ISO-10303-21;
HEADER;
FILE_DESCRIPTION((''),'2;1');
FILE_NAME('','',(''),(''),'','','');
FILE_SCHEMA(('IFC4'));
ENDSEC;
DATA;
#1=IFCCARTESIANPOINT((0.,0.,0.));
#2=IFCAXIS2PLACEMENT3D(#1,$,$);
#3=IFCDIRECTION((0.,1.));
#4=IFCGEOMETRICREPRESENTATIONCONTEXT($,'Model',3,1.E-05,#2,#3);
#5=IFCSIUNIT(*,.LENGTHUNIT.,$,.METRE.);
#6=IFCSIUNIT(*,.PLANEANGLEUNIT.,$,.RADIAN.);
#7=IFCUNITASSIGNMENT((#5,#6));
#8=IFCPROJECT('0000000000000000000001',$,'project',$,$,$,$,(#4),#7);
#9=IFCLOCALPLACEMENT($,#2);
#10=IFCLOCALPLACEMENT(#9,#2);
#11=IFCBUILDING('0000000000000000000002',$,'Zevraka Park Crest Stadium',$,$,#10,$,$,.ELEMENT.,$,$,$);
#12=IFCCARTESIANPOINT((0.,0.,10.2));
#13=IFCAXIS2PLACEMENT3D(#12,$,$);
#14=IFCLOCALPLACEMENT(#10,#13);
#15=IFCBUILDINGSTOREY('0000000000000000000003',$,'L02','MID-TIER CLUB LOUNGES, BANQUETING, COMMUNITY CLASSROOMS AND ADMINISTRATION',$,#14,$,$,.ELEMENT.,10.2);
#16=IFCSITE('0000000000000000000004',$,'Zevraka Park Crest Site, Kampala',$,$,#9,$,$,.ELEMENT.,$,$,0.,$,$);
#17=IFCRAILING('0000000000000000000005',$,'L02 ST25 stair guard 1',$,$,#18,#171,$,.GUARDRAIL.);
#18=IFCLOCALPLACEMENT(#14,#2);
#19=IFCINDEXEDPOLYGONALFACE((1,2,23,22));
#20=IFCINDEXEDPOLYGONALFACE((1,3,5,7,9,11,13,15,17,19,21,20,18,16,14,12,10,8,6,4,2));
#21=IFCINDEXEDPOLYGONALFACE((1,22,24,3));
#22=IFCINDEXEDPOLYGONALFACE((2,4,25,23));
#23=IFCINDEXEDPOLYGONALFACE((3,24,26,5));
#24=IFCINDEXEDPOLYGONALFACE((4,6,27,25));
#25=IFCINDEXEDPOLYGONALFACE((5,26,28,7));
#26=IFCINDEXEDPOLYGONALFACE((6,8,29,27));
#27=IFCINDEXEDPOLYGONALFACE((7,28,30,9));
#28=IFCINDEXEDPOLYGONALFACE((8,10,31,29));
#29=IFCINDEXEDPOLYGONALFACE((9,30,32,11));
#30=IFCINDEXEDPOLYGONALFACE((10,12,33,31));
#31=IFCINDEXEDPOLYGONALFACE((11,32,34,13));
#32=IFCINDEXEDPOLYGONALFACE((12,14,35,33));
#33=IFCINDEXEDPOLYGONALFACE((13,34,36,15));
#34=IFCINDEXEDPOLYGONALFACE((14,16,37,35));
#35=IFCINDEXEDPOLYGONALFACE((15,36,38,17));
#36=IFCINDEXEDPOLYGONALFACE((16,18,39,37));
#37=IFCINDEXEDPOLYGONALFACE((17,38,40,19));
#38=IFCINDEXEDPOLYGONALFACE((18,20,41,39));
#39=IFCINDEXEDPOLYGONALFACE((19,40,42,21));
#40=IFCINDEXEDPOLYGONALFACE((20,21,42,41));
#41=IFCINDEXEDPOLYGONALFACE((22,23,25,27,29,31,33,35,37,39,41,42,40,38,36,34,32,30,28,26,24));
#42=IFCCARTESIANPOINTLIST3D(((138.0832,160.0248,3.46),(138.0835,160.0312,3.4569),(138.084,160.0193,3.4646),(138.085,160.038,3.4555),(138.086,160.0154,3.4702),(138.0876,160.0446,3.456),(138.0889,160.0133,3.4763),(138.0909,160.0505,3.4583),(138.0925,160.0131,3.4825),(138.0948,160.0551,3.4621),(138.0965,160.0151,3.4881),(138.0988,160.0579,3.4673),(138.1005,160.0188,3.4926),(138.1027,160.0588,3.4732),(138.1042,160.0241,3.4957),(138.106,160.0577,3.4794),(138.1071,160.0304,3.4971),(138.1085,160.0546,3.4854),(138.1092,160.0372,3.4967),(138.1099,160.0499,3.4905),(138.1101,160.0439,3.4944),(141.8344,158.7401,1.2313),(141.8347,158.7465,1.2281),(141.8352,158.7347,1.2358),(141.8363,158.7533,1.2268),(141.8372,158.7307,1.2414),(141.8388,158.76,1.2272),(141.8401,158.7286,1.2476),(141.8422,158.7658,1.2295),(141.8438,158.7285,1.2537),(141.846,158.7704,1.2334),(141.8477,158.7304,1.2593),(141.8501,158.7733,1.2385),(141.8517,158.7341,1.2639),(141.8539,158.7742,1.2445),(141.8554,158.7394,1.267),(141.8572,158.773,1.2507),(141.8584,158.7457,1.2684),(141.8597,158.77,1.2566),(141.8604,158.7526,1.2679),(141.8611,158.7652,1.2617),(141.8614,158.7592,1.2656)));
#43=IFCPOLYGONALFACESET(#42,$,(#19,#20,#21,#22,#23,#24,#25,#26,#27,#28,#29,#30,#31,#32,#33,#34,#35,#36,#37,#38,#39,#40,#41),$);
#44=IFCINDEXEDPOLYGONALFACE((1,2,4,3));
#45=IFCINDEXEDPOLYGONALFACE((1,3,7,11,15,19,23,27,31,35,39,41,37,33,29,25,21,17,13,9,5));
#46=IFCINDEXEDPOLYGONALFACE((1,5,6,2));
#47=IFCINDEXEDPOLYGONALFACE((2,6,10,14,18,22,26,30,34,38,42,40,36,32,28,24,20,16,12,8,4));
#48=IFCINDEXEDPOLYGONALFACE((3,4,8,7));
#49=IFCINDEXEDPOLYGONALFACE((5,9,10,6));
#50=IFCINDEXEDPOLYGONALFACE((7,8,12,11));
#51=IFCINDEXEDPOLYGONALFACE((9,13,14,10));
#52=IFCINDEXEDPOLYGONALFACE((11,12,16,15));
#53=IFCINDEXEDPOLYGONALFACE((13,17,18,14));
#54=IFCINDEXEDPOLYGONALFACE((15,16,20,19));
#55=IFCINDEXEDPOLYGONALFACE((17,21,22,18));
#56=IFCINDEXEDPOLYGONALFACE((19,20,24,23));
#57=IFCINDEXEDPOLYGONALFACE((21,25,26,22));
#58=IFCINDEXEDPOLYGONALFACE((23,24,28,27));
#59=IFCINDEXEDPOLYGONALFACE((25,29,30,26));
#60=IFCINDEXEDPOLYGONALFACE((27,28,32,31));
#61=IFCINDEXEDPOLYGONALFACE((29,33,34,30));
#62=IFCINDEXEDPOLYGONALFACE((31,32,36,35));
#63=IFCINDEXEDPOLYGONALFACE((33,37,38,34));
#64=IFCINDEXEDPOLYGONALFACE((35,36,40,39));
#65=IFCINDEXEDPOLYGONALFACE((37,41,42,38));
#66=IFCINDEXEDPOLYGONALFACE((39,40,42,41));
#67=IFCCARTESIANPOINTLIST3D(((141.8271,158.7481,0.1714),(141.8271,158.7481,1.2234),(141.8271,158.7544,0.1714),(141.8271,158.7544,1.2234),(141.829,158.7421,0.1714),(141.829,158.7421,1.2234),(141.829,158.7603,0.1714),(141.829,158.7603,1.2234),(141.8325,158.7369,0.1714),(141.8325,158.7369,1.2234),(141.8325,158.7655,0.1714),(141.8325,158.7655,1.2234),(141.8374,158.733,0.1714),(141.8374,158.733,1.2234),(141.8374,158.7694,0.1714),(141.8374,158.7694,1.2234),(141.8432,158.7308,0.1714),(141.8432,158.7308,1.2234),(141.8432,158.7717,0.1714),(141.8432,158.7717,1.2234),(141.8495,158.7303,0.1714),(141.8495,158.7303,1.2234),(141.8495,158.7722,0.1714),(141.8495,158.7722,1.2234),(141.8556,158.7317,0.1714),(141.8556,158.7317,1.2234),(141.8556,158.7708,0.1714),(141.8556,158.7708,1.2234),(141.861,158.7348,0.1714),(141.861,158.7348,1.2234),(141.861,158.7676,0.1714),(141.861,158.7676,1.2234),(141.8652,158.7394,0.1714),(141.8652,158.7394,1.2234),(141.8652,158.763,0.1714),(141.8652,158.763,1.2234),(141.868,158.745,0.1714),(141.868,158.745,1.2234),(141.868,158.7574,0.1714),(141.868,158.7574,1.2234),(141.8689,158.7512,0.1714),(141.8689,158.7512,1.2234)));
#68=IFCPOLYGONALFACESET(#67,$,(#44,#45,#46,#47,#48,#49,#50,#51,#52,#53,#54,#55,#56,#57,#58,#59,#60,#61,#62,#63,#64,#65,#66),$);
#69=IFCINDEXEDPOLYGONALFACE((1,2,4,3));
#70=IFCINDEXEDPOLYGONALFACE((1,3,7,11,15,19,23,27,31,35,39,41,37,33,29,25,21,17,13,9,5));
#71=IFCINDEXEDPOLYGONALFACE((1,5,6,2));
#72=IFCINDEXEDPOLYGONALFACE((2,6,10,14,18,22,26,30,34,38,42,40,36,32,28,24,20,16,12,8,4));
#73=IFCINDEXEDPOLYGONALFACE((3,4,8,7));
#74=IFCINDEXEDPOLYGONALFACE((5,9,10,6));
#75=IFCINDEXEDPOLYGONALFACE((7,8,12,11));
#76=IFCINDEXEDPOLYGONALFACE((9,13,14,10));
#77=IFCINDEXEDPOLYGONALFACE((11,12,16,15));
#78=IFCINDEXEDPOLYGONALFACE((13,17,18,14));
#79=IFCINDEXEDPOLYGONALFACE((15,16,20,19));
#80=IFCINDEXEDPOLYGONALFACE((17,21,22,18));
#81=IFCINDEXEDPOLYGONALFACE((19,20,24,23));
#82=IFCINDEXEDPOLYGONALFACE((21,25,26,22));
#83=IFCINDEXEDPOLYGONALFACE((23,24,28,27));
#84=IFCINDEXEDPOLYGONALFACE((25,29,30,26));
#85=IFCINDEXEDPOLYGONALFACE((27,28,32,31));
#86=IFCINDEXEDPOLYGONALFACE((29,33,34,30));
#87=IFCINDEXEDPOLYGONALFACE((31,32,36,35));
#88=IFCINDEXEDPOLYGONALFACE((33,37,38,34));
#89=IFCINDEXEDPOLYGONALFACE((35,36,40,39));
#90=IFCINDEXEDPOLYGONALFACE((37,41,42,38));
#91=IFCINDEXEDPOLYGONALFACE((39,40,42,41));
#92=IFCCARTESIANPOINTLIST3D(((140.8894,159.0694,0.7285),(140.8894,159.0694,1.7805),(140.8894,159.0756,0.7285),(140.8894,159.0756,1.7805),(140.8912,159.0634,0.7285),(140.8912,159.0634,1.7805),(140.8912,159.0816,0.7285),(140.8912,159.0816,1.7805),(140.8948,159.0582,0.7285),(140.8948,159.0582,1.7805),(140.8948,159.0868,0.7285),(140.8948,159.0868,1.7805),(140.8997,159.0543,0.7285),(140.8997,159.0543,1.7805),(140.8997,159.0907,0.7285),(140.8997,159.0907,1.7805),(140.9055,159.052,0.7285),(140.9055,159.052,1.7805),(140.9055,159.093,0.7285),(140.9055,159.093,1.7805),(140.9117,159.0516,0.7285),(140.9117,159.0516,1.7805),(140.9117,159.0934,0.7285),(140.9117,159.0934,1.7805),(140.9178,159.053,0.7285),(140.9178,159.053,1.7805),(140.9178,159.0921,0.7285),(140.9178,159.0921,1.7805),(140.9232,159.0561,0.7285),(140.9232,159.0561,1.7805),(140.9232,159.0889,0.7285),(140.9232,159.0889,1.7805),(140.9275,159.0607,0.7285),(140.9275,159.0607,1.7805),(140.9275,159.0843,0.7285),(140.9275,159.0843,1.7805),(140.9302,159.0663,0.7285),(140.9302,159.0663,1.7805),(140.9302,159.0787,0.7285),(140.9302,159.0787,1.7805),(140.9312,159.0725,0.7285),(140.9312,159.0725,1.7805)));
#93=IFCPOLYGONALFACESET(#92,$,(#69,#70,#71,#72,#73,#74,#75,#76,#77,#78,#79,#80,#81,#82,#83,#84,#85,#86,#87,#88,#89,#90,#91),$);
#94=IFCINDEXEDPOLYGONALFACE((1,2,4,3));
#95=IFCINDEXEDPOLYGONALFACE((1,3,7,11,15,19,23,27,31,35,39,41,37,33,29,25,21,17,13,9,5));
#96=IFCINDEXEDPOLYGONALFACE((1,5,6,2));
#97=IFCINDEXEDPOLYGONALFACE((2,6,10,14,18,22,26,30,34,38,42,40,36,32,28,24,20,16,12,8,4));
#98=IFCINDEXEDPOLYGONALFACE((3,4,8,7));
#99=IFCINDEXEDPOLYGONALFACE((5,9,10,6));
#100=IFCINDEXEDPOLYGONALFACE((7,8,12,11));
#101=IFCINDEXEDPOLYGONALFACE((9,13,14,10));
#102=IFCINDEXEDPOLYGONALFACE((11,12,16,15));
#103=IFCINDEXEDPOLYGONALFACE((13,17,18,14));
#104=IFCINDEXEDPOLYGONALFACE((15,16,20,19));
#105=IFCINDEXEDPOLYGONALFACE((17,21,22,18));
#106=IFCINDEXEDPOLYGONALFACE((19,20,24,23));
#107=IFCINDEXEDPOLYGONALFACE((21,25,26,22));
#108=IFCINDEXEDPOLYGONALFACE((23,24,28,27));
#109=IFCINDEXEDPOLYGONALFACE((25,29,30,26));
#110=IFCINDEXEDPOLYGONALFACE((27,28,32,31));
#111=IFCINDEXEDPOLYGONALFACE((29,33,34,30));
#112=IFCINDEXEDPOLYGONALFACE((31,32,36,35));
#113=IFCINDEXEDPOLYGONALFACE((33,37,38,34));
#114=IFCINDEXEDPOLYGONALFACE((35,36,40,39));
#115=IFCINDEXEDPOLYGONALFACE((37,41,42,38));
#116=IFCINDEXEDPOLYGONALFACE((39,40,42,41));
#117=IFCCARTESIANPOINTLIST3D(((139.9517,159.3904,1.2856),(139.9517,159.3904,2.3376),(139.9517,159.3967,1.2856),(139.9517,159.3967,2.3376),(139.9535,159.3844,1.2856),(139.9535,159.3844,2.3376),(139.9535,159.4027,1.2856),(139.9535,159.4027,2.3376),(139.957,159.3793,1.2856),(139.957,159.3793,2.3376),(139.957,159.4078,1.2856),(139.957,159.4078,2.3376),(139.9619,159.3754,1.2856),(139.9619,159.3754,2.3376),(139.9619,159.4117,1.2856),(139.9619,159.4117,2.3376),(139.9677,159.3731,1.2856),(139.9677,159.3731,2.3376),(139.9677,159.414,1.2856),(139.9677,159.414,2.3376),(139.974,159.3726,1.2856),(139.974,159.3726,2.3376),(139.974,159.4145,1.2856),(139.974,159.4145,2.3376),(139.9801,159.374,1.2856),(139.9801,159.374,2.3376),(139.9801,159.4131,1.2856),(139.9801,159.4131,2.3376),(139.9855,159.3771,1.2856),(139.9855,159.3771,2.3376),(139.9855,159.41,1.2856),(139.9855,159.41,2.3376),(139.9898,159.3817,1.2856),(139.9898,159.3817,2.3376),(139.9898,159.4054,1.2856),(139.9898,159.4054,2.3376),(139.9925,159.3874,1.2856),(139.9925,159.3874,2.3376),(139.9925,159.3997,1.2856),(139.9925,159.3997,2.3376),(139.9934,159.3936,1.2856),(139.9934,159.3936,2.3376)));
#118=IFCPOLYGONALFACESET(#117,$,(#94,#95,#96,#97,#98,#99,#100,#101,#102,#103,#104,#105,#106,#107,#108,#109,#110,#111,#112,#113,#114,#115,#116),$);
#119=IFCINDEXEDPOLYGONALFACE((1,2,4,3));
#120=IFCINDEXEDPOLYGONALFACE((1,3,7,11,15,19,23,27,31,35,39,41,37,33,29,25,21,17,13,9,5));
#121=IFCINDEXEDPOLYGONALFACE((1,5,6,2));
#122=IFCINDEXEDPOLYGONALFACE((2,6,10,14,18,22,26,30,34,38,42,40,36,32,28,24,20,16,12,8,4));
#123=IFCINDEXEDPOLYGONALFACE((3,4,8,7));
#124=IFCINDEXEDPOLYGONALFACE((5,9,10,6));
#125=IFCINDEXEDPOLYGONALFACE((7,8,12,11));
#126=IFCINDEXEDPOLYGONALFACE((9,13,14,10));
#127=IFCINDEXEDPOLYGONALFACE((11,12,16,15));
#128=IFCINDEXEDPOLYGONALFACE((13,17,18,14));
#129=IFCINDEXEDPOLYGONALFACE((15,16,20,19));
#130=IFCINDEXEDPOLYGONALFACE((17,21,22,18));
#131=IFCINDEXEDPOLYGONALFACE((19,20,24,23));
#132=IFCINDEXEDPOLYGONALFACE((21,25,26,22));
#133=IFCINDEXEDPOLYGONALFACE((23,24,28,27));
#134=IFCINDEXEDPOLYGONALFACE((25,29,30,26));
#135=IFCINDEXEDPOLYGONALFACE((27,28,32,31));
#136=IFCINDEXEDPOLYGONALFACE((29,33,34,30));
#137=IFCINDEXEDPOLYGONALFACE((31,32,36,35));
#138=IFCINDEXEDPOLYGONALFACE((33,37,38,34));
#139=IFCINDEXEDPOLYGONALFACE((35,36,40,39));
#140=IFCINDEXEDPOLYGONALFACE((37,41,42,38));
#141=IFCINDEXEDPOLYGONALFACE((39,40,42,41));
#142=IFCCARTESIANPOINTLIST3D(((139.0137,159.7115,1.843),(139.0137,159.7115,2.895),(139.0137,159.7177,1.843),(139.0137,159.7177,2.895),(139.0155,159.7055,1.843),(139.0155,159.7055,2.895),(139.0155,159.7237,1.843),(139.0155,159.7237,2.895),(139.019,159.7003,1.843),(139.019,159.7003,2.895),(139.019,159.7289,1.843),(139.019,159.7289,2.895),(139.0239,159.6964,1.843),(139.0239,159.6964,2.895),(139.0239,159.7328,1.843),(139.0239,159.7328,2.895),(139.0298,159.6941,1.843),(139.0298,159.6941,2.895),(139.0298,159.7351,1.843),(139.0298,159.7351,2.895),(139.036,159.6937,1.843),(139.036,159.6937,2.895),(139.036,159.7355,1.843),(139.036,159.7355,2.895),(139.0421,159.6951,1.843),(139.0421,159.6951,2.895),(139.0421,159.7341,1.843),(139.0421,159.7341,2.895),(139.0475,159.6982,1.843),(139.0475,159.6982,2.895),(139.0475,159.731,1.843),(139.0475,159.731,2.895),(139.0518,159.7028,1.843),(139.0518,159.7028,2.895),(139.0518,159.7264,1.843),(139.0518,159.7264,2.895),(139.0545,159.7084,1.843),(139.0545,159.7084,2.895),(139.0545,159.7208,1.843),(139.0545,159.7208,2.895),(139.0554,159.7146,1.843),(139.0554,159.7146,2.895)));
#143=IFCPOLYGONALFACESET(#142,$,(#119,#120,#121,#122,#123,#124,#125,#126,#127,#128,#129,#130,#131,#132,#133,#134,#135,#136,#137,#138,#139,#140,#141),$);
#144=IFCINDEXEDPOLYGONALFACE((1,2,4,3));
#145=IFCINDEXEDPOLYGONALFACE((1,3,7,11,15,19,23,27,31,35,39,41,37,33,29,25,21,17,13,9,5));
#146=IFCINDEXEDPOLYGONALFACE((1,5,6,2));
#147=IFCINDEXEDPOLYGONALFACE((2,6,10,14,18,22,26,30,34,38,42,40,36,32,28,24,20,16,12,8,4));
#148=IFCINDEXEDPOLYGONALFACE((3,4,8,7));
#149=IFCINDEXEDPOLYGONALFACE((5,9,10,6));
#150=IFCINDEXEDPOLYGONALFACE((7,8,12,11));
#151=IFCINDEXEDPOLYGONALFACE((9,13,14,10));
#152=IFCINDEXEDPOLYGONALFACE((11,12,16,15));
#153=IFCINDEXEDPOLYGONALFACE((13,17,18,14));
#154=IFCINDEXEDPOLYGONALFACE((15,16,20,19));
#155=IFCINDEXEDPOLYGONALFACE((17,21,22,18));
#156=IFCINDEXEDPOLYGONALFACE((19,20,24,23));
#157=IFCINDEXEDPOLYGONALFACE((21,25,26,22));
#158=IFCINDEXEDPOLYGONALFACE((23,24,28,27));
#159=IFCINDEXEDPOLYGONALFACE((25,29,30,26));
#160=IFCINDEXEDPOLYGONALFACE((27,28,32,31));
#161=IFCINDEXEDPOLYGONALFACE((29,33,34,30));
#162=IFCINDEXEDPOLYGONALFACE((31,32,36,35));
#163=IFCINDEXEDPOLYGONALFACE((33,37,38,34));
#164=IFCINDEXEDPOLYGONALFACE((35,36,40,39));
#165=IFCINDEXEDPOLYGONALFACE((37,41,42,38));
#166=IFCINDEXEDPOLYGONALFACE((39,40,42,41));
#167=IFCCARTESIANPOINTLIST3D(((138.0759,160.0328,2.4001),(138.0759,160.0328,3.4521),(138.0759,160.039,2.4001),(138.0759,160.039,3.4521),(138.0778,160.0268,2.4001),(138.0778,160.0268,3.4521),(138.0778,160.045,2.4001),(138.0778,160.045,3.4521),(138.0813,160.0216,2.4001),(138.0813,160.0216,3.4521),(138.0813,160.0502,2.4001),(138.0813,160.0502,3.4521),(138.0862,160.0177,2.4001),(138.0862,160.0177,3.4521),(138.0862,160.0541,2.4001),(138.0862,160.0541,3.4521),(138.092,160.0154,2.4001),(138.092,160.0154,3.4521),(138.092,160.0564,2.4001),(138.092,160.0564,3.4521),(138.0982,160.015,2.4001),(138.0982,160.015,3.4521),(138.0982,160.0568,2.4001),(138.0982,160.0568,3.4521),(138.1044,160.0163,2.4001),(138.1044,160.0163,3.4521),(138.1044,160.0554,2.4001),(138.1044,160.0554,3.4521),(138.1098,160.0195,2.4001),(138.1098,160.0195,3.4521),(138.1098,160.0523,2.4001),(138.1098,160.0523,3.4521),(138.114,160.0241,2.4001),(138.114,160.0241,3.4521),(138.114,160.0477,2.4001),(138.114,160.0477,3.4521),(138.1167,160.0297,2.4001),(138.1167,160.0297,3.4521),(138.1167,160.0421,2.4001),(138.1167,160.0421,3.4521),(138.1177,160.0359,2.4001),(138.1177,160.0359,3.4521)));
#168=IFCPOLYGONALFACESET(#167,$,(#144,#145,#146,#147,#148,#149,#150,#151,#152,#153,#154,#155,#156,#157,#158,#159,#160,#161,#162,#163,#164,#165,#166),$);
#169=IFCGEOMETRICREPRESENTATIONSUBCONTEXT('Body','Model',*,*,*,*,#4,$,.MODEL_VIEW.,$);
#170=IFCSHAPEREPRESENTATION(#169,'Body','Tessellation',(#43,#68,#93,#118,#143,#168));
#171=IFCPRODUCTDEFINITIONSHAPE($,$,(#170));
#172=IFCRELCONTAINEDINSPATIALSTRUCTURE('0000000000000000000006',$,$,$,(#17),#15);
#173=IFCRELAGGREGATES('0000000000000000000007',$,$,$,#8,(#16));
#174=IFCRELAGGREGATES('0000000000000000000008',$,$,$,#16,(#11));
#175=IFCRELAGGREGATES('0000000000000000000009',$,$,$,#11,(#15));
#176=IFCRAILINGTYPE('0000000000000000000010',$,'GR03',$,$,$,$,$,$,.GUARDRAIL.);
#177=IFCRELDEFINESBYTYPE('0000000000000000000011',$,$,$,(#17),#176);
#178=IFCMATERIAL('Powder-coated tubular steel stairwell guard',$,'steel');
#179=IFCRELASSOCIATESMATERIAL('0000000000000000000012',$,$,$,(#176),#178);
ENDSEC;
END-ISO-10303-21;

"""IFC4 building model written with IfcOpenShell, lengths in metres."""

from ifc_helpers import new_model, si_unit, direction, frame, origin, origin_2d, place, context, subcontext, project, spatial, circle, extrude, material, type_object, element, save


model = new_model("IFC4")

# Units and contexts
model_context = context("Model", 3, precision=1e-05, world=origin(), true_north=direction((0.0, 1.0)))
body_context = subcontext(model_context, "Body", "Model", "MODEL_VIEW")
ifc_project = project(units=[si_unit("LENGTHUNIT", "METRE"), si_unit("PLANEANGLEUNIT", "RADIAN")], contexts=[model_context])

# Site, building, storey
site_placement = place(None, origin())
site = spatial("IfcSite", under=ifc_project, at=site_placement, Name="Zevraka Park Crest Site, Kampala", CompositionType="ELEMENT", RefElevation=0.0)
building_placement = place(site_placement, origin())
building = spatial("IfcBuilding", under=site, at=building_placement, Name="Zevraka Park Crest Stadium", CompositionType="ELEMENT")
storey_placement = place(building_placement, frame((0.0, 0.0, 10.2)))
storey = spatial("IfcBuildingStorey", under=building, at=storey_placement, Name="L02", Description="MID-TIER CLUB LOUNGES, BANQUETING, COMMUNITY CLASSROOMS AND ADMINISTRATION", CompositionType="ELEMENT", Elevation=10.2)

# Railing
ifc_material_1 = material(Name="Powder-coated tubular steel stairwell guard", Category="steel")
railing_type_1 = type_object("IfcRailingType", Name="GR03", PredefinedType="GUARDRAIL", material=ifc_material_1)
railing_1_placement = place(storey_placement, frame((141.8479, 158.7512, 0.1714)))
element("IfcRailing", 1, at=railing_1_placement, inside=storey, type_object=railing_type_1, Name="L02 ST25 stair guard 1", PredefinedType="GUARDRAIL", context=body_context, shape_type="SweptSolid", body=[
    extrude(circle(Radius=0.0239, at=origin_2d()), frame((0.0, 0.0, 1.0762), z_axis=(-0.824705, 0.282434, 0.489992), x_axis=(-0.323994, -0.946059, 0.0)), (0.0, 0.0, 1.0), 4.5486),
    extrude(circle(Radius=0.021, at=origin_2d()), origin(), (0.0, 0.0, 1.0), 1.052),
    extrude(circle(Radius=0.021, at=origin_2d()), frame((-0.9377, 0.3213, 0.5571)), (0.0, 0.0, 1.0), 1.052),
    extrude(circle(Radius=0.021, at=origin_2d()), frame((-1.8755, 0.6423, 1.1143)), (0.0, 0.0, 1.0), 1.052),
    extrude(circle(Radius=0.021, at=origin_2d()), frame((-2.8135, 0.9634, 1.6716)), (0.0, 0.0, 1.0), 1.052),
    extrude(circle(Radius=0.021, at=origin_2d()), frame((-3.7512, 1.2847, 2.2288)), (0.0, 0.0, 1.0), 1.052),
])

save(model, "model.ifc")
